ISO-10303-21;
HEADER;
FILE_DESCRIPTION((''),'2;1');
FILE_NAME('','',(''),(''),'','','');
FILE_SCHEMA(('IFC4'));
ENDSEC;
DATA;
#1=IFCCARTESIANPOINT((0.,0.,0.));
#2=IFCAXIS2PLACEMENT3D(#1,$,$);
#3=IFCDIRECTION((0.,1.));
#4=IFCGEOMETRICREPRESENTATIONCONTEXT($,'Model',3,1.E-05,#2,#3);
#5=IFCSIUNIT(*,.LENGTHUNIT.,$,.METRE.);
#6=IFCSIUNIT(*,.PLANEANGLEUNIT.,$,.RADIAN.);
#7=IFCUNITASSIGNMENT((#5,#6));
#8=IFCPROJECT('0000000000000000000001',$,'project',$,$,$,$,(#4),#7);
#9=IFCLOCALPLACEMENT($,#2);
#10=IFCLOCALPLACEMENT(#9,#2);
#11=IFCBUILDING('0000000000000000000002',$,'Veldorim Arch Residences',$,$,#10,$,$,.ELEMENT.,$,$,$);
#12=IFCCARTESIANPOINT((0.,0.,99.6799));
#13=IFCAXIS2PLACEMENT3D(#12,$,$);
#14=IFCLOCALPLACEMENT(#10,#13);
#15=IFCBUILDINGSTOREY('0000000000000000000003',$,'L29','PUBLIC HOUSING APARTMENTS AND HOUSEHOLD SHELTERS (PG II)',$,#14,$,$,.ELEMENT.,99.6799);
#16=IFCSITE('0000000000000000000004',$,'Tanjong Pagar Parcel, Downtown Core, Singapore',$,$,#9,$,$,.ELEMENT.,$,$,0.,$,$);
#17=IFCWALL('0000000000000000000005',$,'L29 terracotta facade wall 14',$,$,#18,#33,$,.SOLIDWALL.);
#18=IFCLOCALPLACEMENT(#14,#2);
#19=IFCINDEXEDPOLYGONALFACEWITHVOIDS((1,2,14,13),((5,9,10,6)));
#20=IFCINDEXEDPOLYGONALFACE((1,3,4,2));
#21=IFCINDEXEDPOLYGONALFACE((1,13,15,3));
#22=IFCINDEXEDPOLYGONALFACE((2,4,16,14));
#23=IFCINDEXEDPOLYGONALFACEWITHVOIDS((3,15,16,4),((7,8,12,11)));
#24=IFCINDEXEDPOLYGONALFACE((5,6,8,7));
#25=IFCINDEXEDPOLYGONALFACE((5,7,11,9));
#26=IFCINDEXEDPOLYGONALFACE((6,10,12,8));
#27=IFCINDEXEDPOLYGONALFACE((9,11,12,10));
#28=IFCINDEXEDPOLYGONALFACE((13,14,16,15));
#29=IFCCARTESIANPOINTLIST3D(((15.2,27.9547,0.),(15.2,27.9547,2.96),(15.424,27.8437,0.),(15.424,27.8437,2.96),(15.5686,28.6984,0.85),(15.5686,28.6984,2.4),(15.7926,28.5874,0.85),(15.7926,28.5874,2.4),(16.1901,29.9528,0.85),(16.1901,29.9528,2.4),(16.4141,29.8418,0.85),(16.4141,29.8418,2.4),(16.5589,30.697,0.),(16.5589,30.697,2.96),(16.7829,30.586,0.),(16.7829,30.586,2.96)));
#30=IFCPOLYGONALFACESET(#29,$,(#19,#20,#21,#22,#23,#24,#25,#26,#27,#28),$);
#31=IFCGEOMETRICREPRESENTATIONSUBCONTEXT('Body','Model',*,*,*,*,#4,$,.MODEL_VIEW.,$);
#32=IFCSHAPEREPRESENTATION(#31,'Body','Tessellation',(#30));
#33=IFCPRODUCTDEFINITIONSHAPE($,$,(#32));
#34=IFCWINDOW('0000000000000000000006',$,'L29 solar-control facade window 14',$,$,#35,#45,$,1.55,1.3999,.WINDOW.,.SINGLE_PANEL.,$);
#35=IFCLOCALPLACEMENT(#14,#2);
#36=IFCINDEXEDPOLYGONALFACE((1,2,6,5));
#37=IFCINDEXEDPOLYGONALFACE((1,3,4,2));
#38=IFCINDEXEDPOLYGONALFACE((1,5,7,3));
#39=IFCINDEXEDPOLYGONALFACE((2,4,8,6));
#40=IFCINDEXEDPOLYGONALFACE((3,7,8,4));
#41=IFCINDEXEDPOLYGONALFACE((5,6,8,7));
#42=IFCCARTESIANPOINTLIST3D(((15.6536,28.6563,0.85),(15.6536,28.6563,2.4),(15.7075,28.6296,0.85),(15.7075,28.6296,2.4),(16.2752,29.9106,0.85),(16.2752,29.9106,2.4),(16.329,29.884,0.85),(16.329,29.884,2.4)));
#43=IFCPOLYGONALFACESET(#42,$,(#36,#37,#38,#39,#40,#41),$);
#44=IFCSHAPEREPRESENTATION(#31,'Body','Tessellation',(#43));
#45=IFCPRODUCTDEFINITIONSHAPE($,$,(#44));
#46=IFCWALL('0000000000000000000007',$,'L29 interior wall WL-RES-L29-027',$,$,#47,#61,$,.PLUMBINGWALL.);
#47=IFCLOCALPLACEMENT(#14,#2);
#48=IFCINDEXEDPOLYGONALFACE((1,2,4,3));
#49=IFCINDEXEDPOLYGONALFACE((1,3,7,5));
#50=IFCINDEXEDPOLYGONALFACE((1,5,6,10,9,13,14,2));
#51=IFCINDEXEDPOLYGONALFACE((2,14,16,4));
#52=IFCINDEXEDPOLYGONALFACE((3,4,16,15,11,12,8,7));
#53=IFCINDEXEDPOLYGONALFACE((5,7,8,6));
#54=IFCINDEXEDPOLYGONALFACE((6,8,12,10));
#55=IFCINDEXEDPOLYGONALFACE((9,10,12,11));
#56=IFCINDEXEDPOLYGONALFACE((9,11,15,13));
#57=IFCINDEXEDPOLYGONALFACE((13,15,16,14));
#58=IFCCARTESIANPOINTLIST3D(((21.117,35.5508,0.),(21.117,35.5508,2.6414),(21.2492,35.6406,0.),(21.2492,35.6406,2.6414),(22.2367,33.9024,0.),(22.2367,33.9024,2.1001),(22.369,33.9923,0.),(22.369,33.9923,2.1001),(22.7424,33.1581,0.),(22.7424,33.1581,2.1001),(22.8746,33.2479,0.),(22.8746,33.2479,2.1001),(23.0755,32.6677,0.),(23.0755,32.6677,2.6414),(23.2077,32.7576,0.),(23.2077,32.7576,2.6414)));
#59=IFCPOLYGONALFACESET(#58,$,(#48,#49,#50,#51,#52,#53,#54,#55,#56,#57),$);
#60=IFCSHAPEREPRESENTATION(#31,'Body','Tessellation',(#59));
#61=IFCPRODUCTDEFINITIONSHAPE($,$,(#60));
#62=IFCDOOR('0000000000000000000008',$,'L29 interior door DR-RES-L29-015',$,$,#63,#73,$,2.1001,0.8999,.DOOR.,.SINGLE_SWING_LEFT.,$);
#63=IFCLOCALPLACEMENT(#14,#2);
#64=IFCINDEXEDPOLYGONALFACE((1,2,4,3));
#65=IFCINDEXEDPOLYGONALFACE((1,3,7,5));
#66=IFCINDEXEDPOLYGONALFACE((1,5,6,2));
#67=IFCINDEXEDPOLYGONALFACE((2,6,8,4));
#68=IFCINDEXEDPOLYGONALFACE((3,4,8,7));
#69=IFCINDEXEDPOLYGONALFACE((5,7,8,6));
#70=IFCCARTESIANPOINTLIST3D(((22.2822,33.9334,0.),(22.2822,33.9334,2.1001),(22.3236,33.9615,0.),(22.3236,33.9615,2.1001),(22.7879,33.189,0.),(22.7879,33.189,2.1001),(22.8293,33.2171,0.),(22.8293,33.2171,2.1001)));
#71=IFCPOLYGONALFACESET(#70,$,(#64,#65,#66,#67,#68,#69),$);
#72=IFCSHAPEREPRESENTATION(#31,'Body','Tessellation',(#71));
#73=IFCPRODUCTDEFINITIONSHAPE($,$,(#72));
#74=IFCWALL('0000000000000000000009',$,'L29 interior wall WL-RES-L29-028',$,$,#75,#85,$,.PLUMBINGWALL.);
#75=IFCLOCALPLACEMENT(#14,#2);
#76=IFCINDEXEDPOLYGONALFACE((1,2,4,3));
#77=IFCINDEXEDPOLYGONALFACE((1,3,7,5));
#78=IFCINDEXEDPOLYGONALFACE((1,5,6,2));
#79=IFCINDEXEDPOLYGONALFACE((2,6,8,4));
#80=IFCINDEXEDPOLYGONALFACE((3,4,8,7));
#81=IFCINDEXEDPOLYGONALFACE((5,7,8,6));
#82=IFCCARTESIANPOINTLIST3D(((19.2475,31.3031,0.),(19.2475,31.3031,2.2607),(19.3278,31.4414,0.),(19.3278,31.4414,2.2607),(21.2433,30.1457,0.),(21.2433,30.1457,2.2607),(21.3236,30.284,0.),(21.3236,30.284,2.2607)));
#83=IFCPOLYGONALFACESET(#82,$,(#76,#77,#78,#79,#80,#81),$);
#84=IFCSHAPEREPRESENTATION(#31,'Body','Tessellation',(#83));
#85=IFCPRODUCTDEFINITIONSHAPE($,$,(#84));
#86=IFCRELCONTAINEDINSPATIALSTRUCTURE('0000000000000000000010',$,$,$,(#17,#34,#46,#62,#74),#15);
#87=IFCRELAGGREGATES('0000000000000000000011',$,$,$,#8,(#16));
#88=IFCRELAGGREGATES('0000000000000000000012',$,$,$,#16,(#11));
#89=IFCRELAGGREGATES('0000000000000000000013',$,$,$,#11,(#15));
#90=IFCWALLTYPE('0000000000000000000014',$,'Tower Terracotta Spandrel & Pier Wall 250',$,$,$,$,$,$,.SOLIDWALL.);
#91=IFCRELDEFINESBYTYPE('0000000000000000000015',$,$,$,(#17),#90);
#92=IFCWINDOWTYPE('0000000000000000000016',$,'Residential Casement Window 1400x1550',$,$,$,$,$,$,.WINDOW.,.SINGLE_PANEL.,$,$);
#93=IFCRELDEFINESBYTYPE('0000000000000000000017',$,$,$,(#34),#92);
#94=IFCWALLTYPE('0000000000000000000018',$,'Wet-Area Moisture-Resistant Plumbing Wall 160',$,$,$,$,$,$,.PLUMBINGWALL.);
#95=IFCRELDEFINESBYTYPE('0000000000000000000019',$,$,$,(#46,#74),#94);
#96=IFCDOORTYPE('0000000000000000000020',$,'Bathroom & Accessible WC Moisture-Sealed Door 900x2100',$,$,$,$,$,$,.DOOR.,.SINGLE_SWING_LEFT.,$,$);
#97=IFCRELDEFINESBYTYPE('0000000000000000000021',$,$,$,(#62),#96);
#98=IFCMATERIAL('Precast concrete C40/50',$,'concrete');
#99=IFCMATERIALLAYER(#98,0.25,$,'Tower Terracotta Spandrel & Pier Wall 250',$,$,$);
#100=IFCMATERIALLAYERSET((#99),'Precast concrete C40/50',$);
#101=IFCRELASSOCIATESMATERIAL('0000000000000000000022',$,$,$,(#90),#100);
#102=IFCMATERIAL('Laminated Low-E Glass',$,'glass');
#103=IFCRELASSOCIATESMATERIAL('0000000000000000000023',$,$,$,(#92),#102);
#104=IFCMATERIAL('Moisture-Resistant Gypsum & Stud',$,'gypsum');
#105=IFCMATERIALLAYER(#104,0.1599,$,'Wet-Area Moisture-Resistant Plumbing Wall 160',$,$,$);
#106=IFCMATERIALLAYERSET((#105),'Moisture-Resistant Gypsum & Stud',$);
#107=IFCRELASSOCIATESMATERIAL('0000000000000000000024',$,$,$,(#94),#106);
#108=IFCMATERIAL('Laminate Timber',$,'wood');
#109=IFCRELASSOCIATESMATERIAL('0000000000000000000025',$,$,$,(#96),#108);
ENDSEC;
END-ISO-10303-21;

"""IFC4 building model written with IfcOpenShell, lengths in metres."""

from ifc_helpers import new_model, si_unit, direction, frame, frame_2d, origin, place, context, subcontext, project, spatial, rectangle, extrude, material, layer, layer_set, type_object, element, fill, save


model = new_model("IFC4")

# Units and contexts
model_context = context("Model", 3, precision=1e-05, world=origin(), true_north=direction((0.0, 1.0)))
body_context = subcontext(model_context, "Body", "Model", "MODEL_VIEW")
ifc_project = project(units=[si_unit("LENGTHUNIT", "METRE"), si_unit("PLANEANGLEUNIT", "RADIAN")], contexts=[model_context])

# Site, building, storey
site_placement = place(None, origin())
site = spatial("IfcSite", under=ifc_project, at=site_placement, Name="Tanjong Pagar Parcel, Downtown Core, Singapore", CompositionType="ELEMENT", RefElevation=0.0)
building_placement = place(site_placement, origin())
building = spatial("IfcBuilding", under=site, at=building_placement, Name="Veldorim Arch Residences", CompositionType="ELEMENT")
storey_placement = place(building_placement, frame((0.0, 0.0, 99.6799)))
storey = spatial("IfcBuildingStorey", under=building, at=storey_placement, Name="L29", Description="PUBLIC HOUSING APARTMENTS AND HOUSEHOLD SHELTERS (PG II)", CompositionType="ELEMENT", Elevation=99.6799)

# Shared definitions
ifc_material_1 = material(Name="Precast concrete C40/50", Category="concrete")
ifc_layer_1 = layer(ifc_material_1, 0.25, Name="Tower Terracotta Spandrel & Pier Wall 250")
ifc_layer_set_1 = layer_set([ifc_layer_1], Name="Precast concrete C40/50")
wall_type_1 = type_object("IfcWallType", Name="Tower Terracotta Spandrel & Pier Wall 250", PredefinedType="SOLIDWALL", material=ifc_layer_set_1)

# Wall, opening, window
wall_1_placement = place(storey_placement, frame((15.312, 27.8992, 0.0), z_axis=(0.0, 0.0, 1.0), x_axis=(0.443988, 0.896033, 0.0)))
wall_1 = element("IfcWall", 1, at=wall_1_placement, inside=storey, type_object=wall_type_1, Name="L29 terracotta facade wall 14", PredefinedType="SOLIDWALL", context=body_context, shape_type="SweptSolid", body=[
    extrude(rectangle(XDim=3.0605, YDim=0.25, at=frame_2d((1.5303, 0.0))), origin(), (0.0, 0.0, 1.0), 2.96),
])
opening_1_placement = place(wall_1_placement, frame((0.8301, 0.0, 0.8501)))
opening_1 = element("IfcOpeningElement", 2, at=opening_1_placement, cuts=wall_1, PredefinedType="OPENING", context=body_context, shape_type="SweptSolid", body=[
    extrude(rectangle(XDim=1.3999, YDim=1.55, at=frame_2d((0.7, 0.7749))), frame((0.0, 0.135, 0.0), z_axis=(0.0, -1.0, 0.0), x_axis=(1.0, 0.0, 0.0)), (0.0, 0.0, 1.0), 0.27),
])
ifc_material_2 = material(Name="Laminated Low-E Glass", Category="glass")
window_type_1 = type_object("IfcWindowType", Name="Residential Casement Window 1400x1550", PartitioningType="SINGLE_PANEL", PredefinedType="WINDOW", material=ifc_material_2)
window_1_placement = place(opening_1_placement, origin())
window_1 = element("IfcWindow", 3, at=window_1_placement, inside=storey, type_object=window_type_1, Name="L29 solar-control facade window 14", OverallHeight=1.55, OverallWidth=1.3999, PartitioningType="SINGLE_PANEL", PredefinedType="WINDOW", context=body_context, shape_type="SweptSolid", body=[
    extrude(rectangle(XDim=1.3999, YDim=1.55, at=frame_2d((0.7, 0.7749))), frame((0.0, 0.03, 0.0), z_axis=(0.0, -1.0, 0.0), x_axis=(1.0, 0.0, 0.0)), (0.0, 0.0, 1.0), 0.0601),
])
fill(opening_1, window_1)

# Wall, opening, door
ifc_material_3 = material(Name="Moisture-Resistant Gypsum & Stud", Category="gypsum")
ifc_layer_2 = layer(ifc_material_3, 0.1599, Name="Wet-Area Moisture-Resistant Plumbing Wall 160")
ifc_layer_set_2 = layer_set([ifc_layer_2], Name="Moisture-Resistant Gypsum & Stud")
wall_type_2 = type_object("IfcWallType", Name="Wet-Area Moisture-Resistant Plumbing Wall 160", PredefinedType="PLUMBINGWALL", material=ifc_layer_set_2)
wall_2_placement = place(storey_placement, frame((23.1416, 32.7126, 0.0), z_axis=(0.0, 0.0, 1.0), x_axis=(-0.561921, 0.827191, 0.0)))
wall_2 = element("IfcWall", 4, at=wall_2_placement, inside=storey, type_object=wall_type_2, Name="L29 interior wall WL-RES-L29-027", PredefinedType="PLUMBINGWALL", context=body_context, shape_type="SweptSolid", body=[
    extrude(rectangle(XDim=3.4854, YDim=0.1599, at=frame_2d((1.7427, 0.0))), origin(), (0.0, 0.0, 1.0), 2.6414),
])
opening_2_placement = place(wall_2_placement, frame((0.5928, 0.0, 0.0)))
opening_2 = element("IfcOpeningElement", 5, at=opening_2_placement, cuts=wall_2, PredefinedType="OPENING", context=body_context, shape_type="SweptSolid", body=[
    extrude(rectangle(XDim=0.8999, YDim=2.1001, at=frame_2d((0.45, 1.05))), frame((0.0, 0.0898, 0.0), z_axis=(0.0, -1.0, 0.0), x_axis=(1.0, 0.0, 0.0)), (0.0, 0.0, 1.0), 0.1799),
])
ifc_material_4 = material(Name="Laminate Timber", Category="wood")
door_type_1 = type_object("IfcDoorType", Name="Bathroom & Accessible WC Moisture-Sealed Door 900x2100", OperationType="SINGLE_SWING_LEFT", PredefinedType="DOOR", material=ifc_material_4)
door_1_placement = place(opening_2_placement, origin())
door_1 = element("IfcDoor", 6, at=door_1_placement, inside=storey, type_object=door_type_1, Name="L29 interior door DR-RES-L29-015", OperationType="SINGLE_SWING_LEFT", OverallHeight=2.1001, OverallWidth=0.8999, PredefinedType="DOOR", context=body_context, shape_type="SweptSolid", body=[
    extrude(rectangle(XDim=0.8999, YDim=2.1001, at=frame_2d((0.45, 1.05))), frame((0.0, 0.0249, 0.0), z_axis=(0.0, -1.0, 0.0), x_axis=(1.0, 0.0, 0.0)), (0.0, 0.0, 1.0), 0.05),
])
fill(opening_2, door_1)

# Wall
wall_3_placement = place(storey_placement, frame((21.2834, 30.2148, 0.0), z_axis=(0.0, 0.0, 1.0), x_axis=(-0.865054, 0.501678, 0.0)))
element("IfcWall", 7, at=wall_3_placement, inside=storey, type_object=wall_type_2, Name="L29 interior wall WL-RES-L29-028", PredefinedType="PLUMBINGWALL", context=body_context, shape_type="SweptSolid", body=[
    extrude(rectangle(XDim=2.3071, YDim=0.1599, at=frame_2d((1.1536, 0.0))), origin(), (0.0, 0.0, 1.0), 2.2607),
])

save(model, "model.ifc")
